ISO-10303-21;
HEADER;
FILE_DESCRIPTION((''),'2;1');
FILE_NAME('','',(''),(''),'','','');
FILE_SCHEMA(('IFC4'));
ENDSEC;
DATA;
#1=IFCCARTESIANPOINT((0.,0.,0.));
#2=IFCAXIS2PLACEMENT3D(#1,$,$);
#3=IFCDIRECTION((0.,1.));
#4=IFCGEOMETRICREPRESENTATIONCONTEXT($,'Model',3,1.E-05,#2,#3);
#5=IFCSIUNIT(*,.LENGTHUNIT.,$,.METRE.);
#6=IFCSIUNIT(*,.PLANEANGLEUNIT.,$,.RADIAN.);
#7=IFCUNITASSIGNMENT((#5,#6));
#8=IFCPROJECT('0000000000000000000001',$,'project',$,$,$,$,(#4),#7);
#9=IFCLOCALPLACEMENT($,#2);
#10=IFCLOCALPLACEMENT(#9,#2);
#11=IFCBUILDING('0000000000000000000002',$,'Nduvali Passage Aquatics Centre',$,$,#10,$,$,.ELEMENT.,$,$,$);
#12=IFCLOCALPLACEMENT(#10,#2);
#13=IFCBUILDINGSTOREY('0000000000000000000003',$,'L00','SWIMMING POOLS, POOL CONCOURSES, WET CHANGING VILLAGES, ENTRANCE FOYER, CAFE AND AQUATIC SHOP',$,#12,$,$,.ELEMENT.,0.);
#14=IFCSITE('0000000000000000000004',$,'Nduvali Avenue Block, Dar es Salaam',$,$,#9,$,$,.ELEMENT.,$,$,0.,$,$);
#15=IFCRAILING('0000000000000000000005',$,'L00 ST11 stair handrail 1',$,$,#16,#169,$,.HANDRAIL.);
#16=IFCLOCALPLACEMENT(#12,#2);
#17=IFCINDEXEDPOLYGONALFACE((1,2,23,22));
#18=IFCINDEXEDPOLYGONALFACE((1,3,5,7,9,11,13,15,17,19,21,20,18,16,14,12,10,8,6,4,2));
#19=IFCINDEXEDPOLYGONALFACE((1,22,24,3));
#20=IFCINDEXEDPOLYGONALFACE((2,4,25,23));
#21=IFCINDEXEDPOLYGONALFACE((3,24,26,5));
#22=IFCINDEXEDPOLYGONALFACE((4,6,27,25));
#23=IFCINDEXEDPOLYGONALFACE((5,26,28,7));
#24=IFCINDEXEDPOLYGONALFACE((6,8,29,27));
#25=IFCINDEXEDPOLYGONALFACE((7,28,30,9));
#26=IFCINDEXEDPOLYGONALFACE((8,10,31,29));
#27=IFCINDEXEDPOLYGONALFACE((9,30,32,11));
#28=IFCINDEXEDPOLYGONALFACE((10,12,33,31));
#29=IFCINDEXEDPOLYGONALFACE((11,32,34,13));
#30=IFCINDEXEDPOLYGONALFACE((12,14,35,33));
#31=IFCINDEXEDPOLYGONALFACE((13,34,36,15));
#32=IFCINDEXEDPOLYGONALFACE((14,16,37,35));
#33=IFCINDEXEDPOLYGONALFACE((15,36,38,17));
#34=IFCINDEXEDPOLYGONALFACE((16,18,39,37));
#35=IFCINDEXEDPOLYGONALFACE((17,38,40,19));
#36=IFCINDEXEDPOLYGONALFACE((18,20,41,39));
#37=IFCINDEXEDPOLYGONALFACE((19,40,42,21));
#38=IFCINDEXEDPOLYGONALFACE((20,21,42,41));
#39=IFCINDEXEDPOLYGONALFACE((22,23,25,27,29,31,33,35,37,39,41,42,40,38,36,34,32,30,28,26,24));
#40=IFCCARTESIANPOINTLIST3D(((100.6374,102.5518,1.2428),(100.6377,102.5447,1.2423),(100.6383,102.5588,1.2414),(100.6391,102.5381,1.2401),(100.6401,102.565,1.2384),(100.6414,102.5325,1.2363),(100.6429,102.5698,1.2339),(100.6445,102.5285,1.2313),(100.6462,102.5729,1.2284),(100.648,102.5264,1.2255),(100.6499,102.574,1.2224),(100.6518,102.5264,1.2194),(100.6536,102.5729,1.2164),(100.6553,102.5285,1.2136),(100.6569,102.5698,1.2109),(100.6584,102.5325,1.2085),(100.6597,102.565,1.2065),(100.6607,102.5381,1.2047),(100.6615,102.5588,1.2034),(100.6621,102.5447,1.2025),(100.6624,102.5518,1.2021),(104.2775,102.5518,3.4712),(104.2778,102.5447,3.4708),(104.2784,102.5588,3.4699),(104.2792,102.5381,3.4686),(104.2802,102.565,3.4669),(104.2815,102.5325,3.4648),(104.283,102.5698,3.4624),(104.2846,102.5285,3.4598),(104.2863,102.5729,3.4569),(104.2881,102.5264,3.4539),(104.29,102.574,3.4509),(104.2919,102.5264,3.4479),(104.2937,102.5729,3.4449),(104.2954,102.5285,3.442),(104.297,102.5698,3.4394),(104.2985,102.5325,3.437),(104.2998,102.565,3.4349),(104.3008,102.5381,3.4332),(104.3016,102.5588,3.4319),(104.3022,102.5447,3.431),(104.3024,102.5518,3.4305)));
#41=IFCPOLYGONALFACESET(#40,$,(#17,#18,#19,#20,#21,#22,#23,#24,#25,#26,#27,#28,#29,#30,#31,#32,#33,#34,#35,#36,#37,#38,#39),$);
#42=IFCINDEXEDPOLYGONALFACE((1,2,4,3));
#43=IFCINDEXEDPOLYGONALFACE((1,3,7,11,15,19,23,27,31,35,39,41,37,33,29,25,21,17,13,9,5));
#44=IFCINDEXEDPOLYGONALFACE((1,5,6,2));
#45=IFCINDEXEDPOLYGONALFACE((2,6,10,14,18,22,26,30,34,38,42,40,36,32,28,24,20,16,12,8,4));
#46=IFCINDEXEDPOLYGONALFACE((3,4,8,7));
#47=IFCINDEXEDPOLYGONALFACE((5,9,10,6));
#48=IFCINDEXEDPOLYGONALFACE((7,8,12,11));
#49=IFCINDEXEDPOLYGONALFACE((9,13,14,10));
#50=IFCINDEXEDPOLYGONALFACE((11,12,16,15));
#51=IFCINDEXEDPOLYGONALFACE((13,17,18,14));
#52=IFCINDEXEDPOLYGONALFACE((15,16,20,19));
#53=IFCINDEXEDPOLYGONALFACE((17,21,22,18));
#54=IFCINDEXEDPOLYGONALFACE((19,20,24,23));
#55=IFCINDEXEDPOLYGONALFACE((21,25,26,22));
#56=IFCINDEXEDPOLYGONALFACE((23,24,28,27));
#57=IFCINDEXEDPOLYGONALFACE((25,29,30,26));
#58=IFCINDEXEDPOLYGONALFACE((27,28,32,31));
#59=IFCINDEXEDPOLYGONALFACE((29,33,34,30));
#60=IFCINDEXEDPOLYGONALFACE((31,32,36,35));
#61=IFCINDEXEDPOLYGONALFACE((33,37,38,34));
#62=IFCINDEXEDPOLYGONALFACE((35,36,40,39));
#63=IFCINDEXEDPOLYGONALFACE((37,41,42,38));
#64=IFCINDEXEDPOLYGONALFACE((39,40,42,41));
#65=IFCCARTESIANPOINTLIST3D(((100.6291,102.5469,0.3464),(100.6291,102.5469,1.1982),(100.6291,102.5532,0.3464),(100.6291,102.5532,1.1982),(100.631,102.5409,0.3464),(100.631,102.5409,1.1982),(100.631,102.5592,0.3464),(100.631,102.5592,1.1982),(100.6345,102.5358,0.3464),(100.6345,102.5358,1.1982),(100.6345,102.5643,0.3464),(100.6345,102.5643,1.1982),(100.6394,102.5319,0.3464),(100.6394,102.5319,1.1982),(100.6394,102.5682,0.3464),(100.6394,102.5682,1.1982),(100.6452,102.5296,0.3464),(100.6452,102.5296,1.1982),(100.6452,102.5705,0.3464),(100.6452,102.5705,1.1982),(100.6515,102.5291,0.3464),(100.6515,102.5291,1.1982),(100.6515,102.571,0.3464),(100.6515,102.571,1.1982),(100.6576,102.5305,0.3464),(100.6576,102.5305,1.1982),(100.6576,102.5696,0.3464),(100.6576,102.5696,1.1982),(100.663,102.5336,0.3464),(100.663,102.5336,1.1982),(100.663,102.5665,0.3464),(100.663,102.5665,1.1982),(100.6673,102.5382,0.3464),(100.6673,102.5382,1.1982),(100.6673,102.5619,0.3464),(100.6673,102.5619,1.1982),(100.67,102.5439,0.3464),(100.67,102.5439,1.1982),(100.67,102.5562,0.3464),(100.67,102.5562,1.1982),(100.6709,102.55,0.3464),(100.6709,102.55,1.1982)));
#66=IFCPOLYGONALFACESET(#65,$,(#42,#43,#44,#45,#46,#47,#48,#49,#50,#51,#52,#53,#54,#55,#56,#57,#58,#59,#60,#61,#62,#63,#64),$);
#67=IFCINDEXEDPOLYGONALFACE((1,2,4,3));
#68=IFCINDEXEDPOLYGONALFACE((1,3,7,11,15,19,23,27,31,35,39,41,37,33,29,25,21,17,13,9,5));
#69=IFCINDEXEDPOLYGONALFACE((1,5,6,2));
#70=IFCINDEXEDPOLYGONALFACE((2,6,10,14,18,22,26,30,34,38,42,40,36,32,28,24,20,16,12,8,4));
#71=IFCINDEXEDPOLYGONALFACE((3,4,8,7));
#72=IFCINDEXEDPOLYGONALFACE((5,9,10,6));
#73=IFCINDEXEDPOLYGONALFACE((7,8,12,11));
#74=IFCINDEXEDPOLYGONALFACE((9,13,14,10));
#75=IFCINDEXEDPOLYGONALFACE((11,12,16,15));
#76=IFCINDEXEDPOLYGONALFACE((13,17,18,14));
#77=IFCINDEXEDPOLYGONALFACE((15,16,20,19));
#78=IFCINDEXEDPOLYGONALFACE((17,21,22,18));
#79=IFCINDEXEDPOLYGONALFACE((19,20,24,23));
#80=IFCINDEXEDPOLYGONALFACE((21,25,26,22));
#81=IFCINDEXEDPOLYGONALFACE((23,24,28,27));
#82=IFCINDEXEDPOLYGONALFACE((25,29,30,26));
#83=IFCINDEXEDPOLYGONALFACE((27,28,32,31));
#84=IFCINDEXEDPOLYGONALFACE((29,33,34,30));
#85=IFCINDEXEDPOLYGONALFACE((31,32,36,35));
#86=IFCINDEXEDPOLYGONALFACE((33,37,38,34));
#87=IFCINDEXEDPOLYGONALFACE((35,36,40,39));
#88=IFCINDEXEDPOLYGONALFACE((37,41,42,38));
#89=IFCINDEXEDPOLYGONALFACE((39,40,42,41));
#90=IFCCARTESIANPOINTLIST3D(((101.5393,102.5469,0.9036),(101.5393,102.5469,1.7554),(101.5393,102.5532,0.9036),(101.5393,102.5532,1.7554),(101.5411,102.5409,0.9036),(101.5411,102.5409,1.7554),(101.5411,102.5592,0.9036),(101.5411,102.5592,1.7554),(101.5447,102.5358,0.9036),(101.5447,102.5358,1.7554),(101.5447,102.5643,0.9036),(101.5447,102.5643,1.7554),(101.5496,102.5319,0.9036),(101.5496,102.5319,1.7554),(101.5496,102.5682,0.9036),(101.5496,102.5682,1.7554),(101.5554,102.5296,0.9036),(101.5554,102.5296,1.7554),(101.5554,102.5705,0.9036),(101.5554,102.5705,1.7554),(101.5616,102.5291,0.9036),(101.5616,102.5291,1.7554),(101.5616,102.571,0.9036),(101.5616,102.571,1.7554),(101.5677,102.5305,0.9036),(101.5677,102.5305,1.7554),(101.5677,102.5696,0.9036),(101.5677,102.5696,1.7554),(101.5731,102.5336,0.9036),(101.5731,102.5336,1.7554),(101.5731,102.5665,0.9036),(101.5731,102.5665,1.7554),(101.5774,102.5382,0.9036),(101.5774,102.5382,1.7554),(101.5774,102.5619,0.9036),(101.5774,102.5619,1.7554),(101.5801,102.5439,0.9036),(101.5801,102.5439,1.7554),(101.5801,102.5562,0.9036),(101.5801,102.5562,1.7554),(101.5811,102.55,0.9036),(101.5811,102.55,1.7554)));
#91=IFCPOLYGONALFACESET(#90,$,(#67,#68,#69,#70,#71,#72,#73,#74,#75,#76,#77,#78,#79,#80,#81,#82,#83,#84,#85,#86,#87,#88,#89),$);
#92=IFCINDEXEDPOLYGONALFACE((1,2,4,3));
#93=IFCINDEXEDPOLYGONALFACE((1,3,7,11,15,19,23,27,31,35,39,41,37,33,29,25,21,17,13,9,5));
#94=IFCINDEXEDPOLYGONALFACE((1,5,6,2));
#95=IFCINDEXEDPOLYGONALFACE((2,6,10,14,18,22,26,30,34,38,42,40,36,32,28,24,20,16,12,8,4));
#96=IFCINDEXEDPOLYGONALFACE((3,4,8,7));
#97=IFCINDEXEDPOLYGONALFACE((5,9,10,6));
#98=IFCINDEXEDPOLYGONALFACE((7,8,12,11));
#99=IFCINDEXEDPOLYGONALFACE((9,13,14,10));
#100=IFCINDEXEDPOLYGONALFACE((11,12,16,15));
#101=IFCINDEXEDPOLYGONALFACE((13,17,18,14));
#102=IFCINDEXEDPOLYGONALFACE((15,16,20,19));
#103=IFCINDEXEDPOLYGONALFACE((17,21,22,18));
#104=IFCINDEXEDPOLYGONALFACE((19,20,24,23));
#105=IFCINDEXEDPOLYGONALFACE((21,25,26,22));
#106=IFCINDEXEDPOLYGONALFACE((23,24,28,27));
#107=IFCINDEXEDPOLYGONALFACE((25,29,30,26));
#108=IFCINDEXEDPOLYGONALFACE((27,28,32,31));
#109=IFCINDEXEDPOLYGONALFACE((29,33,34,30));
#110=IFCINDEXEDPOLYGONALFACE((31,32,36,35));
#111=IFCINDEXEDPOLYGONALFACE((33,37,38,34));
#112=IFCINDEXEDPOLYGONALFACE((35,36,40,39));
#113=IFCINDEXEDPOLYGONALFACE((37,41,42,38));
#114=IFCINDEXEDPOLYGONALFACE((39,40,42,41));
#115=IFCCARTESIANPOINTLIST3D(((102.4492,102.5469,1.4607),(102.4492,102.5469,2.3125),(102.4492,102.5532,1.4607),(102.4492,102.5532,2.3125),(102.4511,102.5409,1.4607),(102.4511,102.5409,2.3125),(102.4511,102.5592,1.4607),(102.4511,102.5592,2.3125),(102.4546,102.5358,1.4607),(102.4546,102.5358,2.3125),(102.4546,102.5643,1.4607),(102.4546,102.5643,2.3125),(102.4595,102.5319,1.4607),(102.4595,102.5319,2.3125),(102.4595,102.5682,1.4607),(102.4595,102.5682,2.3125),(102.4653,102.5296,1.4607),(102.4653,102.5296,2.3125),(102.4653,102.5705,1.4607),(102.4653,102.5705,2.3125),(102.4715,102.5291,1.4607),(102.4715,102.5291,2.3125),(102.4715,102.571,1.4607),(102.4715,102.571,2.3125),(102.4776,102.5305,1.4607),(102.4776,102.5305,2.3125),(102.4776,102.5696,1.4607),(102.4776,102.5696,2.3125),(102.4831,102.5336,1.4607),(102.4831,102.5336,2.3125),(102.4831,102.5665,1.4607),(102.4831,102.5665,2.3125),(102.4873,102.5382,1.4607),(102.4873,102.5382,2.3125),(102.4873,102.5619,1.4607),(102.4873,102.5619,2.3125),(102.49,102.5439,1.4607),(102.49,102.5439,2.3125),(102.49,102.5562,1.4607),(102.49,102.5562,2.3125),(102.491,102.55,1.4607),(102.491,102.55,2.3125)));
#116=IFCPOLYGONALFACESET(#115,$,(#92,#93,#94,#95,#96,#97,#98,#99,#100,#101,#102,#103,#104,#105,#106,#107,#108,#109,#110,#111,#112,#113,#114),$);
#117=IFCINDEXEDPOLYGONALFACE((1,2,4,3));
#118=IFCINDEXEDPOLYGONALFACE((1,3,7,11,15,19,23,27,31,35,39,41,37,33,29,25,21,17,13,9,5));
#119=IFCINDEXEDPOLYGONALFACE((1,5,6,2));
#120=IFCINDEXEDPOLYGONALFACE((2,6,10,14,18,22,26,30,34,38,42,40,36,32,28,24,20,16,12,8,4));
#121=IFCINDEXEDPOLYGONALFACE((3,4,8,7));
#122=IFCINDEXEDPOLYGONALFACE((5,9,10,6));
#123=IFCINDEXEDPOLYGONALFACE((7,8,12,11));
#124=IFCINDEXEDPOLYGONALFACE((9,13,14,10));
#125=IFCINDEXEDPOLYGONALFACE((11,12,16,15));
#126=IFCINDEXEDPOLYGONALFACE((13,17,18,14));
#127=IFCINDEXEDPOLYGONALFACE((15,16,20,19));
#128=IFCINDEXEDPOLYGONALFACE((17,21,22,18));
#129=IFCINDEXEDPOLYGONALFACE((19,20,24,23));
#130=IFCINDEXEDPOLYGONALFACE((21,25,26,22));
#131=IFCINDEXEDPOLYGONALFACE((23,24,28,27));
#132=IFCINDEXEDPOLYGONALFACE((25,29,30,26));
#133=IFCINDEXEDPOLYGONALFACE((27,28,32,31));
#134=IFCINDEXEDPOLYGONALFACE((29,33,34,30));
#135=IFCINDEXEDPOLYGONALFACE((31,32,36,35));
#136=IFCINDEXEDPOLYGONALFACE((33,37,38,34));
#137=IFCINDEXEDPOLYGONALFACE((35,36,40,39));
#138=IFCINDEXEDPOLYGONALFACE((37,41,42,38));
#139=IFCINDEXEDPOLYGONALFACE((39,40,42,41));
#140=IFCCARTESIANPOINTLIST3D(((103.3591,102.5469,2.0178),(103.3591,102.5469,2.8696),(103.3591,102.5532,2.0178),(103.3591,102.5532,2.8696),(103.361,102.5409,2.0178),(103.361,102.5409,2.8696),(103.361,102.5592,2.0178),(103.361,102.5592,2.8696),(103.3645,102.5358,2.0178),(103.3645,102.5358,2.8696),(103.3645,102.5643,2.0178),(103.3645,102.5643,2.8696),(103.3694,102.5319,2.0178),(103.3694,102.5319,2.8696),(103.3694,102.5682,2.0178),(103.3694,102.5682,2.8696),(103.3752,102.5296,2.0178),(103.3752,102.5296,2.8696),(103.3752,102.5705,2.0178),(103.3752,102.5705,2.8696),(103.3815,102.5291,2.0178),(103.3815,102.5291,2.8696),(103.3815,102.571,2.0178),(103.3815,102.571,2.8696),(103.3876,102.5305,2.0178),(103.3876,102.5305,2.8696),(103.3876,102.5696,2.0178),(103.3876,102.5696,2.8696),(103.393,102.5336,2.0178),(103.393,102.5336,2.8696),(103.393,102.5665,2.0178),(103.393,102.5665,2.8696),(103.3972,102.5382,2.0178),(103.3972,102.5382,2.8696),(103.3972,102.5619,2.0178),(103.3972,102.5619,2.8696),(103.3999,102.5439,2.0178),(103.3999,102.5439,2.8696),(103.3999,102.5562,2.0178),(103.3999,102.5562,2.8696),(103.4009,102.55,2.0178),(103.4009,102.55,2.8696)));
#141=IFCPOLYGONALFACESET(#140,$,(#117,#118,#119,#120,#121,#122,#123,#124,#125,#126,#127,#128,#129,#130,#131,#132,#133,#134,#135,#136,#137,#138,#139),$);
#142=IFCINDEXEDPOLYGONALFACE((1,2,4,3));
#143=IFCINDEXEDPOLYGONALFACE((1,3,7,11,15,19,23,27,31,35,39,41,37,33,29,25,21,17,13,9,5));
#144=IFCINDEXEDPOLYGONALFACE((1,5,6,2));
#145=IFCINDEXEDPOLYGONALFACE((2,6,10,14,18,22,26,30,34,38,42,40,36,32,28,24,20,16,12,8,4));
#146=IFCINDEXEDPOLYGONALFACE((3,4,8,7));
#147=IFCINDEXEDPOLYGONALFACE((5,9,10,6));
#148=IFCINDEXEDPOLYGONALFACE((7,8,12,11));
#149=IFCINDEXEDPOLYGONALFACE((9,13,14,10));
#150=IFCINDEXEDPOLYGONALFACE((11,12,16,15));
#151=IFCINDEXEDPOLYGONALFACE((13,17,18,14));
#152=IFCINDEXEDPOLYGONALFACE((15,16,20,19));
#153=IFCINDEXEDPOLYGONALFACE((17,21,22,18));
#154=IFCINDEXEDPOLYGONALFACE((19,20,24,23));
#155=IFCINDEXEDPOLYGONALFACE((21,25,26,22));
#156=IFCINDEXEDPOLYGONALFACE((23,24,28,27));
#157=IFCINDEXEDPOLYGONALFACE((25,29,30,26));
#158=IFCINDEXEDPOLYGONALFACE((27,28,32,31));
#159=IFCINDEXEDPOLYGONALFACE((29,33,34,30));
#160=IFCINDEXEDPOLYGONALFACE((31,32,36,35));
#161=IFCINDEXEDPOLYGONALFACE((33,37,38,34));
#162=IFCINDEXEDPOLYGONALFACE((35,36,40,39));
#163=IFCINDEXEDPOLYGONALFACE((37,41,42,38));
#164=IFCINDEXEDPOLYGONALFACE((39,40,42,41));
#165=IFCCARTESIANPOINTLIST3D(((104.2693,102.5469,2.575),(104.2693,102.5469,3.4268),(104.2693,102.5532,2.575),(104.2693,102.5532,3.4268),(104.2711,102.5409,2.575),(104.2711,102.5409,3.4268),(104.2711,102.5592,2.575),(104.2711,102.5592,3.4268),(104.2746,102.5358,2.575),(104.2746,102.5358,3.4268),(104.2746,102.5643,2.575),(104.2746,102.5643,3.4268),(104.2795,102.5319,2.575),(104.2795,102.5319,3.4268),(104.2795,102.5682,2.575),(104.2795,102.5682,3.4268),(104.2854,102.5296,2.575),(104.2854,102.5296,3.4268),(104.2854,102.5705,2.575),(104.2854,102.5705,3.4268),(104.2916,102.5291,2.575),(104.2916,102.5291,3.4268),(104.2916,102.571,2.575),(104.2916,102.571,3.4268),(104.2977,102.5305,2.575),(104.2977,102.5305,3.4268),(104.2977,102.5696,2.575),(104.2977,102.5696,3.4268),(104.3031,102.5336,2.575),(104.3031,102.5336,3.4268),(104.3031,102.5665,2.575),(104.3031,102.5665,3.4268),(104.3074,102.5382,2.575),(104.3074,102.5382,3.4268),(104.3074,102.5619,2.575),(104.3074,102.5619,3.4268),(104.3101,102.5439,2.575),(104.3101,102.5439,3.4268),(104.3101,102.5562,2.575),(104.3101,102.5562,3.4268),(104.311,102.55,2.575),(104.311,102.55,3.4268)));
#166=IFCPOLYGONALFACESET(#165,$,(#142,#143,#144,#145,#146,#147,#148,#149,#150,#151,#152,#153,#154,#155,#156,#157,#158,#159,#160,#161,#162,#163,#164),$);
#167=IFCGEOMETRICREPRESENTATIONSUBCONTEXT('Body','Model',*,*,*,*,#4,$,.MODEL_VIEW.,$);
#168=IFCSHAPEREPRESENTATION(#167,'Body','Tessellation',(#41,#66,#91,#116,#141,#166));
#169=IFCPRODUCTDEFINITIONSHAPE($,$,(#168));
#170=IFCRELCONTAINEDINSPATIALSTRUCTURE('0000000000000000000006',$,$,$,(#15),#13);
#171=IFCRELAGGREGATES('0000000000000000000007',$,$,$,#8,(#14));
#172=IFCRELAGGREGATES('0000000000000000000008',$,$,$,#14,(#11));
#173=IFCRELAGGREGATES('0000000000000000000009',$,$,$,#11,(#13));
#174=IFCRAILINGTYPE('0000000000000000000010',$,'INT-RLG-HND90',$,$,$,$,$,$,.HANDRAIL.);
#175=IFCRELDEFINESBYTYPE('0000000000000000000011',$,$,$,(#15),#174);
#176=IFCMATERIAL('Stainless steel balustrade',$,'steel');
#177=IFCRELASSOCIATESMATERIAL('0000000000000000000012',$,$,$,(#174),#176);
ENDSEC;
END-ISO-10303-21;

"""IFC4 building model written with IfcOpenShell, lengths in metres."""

from ifc_helpers import new_model, si_unit, direction, frame, origin, origin_2d, place, context, subcontext, project, spatial, circle, extrude, material, type_object, element, save


model = new_model("IFC4")

# Units and contexts
model_context = context("Model", 3, precision=1e-05, world=origin(), true_north=direction((0.0, 1.0)))
body_context = subcontext(model_context, "Body", "Model", "MODEL_VIEW")
ifc_project = project(units=[si_unit("LENGTHUNIT", "METRE"), si_unit("PLANEANGLEUNIT", "RADIAN")], contexts=[model_context])

# Site, building, storey
site_placement = place(None, origin())
site = spatial("IfcSite", under=ifc_project, at=site_placement, Name="Nduvali Avenue Block, Dar es Salaam", CompositionType="ELEMENT", RefElevation=0.0)
building_placement = place(site_placement, origin())
building = spatial("IfcBuilding", under=site, at=building_placement, Name="Nduvali Passage Aquatics Centre", CompositionType="ELEMENT")
storey_placement = place(building_placement, origin())
storey = spatial("IfcBuildingStorey", under=building, at=storey_placement, Name="L00", Description="SWIMMING POOLS, POOL CONCOURSES, WET CHANGING VILLAGES, ENTRANCE FOYER, CAFE AND AQUATIC SHOP", CompositionType="ELEMENT", Elevation=0.0)

# Railing
ifc_material_1 = material(Name="Stainless steel balustrade", Category="steel")
railing_type_1 = type_object("IfcRailingType", Name="INT-RLG-HND90", PredefinedType="HANDRAIL", material=ifc_material_1)
railing_1_placement = place(storey_placement, frame((100.6499, 102.55, 0.3464)))
element("IfcRailing", 1, at=railing_1_placement, inside=storey, type_object=railing_type_1, Name="L00 ST11 stair handrail 1", PredefinedType="HANDRAIL", context=body_context, shape_type="SweptSolid", body=[
    extrude(circle(Radius=0.0239, at=origin_2d()), frame((0.0, 0.0, 0.876), z_axis=(0.852866, 0.0, 0.52213), x_axis=(0.0, 1.0, 0.0)), (0.0, 0.0, 1.0), 4.2681),
    extrude(circle(Radius=0.021, at=origin_2d()), origin(), (0.0, 0.0, 1.0), 0.8518),
    extrude(circle(Radius=0.021, at=origin_2d()), frame((0.9102, 0.0, 0.5571)), (0.0, 0.0, 1.0), 0.8518),
    extrude(circle(Radius=0.021, at=origin_2d()), frame((1.8201, 0.0, 1.1143)), (0.0, 0.0, 1.0), 0.8518),
    extrude(circle(Radius=0.021, at=origin_2d()), frame((2.73, 0.0, 1.6714)), (0.0, 0.0, 1.0), 0.8518),
    extrude(circle(Radius=0.021, at=origin_2d()), frame((3.6401, 0.0, 2.2285)), (0.0, 0.0, 1.0), 0.8518),
])

save(model, "model.ifc")
